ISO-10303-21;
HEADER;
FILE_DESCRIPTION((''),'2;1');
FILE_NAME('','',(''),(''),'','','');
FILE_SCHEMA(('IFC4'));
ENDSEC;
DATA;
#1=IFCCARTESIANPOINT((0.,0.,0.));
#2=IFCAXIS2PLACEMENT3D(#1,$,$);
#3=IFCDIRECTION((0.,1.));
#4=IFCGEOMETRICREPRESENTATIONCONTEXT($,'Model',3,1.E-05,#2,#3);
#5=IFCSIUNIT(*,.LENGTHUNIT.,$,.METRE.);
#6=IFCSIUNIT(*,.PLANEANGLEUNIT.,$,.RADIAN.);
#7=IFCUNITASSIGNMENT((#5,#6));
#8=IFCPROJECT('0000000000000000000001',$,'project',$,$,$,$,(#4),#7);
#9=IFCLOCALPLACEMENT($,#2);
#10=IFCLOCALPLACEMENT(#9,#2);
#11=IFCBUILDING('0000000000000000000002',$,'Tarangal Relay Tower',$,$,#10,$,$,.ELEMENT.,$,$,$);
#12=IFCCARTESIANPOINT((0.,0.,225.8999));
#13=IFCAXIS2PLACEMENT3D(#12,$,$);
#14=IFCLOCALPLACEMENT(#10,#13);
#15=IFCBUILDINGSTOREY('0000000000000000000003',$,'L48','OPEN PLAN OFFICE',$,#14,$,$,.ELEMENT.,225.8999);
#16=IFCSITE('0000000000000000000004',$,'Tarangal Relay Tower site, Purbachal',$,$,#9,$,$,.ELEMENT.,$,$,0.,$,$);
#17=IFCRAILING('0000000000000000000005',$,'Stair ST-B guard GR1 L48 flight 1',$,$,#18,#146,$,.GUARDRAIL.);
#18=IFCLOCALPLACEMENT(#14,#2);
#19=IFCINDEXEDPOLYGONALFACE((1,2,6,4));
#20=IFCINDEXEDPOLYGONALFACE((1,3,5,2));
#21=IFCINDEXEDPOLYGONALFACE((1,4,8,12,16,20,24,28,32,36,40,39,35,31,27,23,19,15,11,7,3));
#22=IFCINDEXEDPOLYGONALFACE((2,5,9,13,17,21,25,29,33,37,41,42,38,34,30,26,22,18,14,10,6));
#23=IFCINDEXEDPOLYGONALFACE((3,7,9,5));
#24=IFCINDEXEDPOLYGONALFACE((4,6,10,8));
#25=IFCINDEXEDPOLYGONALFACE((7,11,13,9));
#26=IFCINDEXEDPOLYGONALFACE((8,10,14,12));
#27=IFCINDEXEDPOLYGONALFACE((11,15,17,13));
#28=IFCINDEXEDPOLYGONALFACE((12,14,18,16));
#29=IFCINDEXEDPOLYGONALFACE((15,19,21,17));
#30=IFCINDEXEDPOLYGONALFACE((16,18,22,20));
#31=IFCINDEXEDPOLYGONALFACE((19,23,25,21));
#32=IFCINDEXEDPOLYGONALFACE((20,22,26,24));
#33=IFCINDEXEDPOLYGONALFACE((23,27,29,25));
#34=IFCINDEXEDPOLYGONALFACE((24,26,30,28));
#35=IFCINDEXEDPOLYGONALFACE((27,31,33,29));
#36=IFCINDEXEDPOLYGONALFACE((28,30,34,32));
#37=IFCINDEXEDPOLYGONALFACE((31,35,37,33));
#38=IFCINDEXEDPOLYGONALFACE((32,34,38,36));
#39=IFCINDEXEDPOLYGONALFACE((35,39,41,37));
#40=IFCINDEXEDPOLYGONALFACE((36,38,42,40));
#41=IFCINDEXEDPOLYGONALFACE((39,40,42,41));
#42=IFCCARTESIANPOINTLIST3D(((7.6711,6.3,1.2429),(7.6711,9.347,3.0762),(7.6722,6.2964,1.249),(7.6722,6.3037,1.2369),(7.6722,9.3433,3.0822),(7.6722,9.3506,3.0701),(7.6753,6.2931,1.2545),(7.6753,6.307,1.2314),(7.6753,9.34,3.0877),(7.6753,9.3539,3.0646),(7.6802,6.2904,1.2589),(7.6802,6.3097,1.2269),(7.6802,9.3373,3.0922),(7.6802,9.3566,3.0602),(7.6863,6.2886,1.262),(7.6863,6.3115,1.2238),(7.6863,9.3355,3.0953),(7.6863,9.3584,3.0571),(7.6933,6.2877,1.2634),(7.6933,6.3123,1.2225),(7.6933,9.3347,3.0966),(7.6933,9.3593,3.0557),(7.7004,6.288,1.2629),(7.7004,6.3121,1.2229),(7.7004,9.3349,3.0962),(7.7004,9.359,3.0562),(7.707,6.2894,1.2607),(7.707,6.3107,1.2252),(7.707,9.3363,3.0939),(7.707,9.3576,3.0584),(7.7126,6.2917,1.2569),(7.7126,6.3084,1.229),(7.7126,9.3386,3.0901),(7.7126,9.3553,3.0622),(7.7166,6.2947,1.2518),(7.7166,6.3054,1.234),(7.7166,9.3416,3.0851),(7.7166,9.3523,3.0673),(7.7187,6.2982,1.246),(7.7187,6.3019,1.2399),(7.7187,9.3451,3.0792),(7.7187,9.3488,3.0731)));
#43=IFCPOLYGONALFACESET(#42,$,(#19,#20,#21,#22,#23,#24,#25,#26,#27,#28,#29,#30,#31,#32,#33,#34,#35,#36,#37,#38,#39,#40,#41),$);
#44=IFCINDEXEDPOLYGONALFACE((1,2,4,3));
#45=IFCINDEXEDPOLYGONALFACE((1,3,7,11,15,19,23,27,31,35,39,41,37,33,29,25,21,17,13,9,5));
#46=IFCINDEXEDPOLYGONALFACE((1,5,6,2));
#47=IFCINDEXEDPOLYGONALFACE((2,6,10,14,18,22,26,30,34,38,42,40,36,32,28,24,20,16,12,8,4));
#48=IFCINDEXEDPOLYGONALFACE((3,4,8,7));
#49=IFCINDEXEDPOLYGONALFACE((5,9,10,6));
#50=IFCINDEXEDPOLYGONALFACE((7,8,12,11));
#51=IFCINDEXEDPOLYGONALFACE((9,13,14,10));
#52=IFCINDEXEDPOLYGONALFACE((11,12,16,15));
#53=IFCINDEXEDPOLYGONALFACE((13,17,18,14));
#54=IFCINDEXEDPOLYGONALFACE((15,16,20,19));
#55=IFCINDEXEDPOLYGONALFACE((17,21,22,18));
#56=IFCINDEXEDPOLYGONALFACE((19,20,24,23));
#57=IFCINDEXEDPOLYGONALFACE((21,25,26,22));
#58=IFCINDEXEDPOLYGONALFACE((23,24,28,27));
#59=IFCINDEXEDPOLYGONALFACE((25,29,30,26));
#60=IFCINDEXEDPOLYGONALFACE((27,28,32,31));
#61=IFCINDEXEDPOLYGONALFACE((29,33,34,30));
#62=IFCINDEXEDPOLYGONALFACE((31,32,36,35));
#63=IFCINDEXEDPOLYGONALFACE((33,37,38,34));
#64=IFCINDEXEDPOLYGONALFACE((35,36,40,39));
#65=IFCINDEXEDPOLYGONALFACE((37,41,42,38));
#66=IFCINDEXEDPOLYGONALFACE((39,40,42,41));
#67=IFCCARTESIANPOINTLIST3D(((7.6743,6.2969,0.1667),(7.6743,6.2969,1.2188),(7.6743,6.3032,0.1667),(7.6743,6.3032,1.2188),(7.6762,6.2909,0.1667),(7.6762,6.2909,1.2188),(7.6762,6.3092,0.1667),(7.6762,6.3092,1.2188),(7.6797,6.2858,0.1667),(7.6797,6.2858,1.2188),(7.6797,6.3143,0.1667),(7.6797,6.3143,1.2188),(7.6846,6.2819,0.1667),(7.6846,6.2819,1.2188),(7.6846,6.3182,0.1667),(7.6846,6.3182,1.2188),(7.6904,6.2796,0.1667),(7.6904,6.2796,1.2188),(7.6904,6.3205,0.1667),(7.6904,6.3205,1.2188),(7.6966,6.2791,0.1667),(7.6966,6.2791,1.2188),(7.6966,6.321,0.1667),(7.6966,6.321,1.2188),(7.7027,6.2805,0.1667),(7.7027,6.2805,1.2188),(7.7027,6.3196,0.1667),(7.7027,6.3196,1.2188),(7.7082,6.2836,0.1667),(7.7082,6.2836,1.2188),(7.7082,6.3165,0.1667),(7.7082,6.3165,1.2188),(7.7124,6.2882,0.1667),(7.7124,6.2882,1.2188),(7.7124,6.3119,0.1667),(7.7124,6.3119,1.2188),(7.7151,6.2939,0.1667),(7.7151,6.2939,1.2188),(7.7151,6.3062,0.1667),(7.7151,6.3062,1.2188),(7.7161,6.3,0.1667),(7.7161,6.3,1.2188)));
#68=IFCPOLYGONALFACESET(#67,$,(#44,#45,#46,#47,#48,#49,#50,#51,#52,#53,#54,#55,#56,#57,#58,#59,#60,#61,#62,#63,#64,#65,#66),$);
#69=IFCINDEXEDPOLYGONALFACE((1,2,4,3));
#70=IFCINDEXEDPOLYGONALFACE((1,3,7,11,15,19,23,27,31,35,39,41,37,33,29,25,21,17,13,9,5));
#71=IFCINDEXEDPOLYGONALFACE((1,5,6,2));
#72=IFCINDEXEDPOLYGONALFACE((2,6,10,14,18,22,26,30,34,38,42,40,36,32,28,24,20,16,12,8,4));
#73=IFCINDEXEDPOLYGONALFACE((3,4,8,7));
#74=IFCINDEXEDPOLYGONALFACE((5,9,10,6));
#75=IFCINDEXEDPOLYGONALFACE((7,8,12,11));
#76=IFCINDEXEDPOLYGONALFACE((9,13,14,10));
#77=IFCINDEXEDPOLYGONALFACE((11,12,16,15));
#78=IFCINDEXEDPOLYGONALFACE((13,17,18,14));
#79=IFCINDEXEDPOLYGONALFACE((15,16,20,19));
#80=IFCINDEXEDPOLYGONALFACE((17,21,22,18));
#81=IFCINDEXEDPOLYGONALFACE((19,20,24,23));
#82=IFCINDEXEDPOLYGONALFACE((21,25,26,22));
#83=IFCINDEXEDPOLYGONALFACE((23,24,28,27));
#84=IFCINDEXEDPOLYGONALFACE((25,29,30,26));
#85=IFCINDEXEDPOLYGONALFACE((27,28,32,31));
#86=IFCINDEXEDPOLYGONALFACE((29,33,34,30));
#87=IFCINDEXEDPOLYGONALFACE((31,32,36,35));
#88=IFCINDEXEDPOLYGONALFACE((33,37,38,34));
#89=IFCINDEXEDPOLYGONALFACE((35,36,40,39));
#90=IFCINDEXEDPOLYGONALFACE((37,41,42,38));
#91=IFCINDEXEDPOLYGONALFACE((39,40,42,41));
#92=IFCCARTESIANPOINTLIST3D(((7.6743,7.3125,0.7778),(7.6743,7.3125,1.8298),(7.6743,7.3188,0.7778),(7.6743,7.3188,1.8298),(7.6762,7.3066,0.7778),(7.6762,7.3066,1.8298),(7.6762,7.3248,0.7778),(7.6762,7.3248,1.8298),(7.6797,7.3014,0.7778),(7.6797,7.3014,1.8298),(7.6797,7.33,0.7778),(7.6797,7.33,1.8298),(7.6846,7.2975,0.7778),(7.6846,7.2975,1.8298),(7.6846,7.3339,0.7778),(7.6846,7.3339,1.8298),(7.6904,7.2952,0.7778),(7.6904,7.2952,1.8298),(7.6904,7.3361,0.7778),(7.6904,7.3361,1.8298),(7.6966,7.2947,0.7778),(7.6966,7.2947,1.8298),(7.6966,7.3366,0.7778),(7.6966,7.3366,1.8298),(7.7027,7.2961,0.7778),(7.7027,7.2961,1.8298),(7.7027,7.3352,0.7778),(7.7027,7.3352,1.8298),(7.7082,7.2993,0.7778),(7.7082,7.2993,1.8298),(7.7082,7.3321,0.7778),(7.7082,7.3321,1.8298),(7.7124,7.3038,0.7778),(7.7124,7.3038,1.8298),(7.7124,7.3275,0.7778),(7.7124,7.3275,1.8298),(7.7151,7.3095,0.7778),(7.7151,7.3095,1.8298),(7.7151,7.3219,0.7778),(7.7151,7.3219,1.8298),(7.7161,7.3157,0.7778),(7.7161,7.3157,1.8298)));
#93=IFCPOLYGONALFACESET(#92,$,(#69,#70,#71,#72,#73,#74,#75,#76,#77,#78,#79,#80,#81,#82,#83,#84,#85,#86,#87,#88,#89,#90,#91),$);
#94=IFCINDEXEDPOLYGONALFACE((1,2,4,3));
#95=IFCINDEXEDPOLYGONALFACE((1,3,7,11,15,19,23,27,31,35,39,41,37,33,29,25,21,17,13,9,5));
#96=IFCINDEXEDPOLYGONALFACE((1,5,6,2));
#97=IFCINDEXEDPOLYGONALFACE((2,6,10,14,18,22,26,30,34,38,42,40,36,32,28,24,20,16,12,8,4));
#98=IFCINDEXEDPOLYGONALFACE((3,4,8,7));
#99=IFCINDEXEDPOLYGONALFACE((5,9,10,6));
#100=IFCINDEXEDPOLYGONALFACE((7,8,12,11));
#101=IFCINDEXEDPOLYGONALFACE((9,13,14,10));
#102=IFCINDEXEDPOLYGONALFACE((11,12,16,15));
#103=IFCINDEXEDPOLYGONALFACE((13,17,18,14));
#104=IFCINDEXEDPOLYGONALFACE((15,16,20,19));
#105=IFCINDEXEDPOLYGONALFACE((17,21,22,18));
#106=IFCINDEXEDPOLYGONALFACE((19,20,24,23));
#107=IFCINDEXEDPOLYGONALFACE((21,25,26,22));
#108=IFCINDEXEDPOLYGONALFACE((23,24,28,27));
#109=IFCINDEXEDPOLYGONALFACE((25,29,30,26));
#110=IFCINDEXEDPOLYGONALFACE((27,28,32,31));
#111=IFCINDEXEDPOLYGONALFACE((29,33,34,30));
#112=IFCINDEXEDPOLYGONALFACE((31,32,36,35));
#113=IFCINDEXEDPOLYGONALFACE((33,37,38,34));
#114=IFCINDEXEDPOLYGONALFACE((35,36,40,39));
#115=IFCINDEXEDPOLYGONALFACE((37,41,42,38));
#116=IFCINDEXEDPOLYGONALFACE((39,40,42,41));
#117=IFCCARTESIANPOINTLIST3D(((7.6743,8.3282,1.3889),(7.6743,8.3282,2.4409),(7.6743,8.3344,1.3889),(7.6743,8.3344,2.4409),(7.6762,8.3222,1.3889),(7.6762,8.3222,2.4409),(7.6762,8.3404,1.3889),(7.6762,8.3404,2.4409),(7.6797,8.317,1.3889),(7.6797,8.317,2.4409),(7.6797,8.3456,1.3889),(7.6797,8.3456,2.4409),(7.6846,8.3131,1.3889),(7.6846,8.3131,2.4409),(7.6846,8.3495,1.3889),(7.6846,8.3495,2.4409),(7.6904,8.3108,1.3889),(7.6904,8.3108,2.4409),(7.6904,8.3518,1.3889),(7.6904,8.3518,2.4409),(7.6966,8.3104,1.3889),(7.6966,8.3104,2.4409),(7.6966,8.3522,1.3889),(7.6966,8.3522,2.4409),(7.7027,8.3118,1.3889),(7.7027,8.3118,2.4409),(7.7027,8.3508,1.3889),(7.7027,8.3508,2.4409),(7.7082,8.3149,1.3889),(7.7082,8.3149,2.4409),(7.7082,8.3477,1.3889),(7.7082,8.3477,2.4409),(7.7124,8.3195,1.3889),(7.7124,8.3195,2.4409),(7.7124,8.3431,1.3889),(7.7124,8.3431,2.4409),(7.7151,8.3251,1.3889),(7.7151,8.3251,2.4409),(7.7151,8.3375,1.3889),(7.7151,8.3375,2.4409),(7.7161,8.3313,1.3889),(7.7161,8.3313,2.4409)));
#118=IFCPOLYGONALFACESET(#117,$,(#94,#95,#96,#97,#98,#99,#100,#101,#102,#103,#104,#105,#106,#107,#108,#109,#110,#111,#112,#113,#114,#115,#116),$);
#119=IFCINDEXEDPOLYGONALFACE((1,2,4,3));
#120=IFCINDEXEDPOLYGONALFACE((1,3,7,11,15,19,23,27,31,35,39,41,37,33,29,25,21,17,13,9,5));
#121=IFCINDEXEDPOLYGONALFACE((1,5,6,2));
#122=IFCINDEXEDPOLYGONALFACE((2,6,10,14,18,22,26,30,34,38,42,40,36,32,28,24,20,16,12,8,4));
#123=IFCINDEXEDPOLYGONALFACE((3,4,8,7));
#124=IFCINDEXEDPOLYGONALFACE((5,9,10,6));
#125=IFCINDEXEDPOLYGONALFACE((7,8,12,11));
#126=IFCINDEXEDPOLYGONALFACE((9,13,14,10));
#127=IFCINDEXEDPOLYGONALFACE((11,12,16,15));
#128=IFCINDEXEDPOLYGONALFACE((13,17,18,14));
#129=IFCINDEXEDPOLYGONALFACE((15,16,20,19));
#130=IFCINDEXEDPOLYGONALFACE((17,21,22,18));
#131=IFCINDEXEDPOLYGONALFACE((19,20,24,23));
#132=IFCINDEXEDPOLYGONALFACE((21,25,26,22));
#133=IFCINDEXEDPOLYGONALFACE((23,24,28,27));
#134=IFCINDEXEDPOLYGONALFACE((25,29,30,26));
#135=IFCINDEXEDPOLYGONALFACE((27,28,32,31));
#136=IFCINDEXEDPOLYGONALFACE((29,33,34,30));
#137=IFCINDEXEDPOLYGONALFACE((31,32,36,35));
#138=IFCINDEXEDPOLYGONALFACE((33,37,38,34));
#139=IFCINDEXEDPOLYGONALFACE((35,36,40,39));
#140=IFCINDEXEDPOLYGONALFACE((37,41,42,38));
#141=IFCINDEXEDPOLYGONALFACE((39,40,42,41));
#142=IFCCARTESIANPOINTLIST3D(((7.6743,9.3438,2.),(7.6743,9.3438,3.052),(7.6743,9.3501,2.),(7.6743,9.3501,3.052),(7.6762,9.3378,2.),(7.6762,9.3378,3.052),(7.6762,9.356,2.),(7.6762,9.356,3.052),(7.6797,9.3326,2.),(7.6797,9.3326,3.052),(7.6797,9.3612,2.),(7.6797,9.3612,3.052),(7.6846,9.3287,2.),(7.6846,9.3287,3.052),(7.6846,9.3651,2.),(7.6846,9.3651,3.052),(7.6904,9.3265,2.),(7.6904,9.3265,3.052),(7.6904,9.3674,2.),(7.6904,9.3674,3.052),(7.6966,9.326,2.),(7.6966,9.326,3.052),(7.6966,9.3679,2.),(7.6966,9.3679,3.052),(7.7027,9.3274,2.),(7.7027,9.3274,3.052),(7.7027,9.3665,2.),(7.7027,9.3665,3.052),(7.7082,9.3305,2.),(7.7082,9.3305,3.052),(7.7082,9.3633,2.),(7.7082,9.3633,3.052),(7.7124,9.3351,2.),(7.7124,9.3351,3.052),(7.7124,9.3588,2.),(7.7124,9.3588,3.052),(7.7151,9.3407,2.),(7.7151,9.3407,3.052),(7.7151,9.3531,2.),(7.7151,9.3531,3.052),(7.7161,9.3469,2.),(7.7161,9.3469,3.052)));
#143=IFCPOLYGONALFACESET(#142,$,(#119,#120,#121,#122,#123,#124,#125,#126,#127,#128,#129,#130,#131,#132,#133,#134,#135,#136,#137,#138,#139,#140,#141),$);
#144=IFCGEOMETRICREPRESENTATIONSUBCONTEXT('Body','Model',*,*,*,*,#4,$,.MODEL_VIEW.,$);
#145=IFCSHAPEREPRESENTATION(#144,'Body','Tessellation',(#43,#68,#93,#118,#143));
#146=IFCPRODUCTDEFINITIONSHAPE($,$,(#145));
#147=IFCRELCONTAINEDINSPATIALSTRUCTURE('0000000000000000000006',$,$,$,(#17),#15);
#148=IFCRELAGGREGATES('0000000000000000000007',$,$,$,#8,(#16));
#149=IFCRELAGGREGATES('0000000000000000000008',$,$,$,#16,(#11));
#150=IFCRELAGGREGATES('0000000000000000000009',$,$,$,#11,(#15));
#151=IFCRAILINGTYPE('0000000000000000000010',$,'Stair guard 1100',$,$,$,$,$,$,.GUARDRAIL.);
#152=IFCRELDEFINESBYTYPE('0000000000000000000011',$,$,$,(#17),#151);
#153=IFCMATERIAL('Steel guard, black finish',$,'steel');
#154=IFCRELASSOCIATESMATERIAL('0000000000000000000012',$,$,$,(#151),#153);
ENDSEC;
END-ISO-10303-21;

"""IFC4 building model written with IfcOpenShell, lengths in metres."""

from ifc_helpers import new_model, si_unit, direction, frame, origin, origin_2d, place, context, subcontext, project, spatial, circle, extrude, material, type_object, element, save


model = new_model("IFC4")

# Units and contexts
model_context = context("Model", 3, precision=1e-05, world=origin(), true_north=direction((0.0, 1.0)))
body_context = subcontext(model_context, "Body", "Model", "MODEL_VIEW")
ifc_project = project(units=[si_unit("LENGTHUNIT", "METRE"), si_unit("PLANEANGLEUNIT", "RADIAN")], contexts=[model_context])

# Site, building, storey
site_placement = place(None, origin())
site = spatial("IfcSite", under=ifc_project, at=site_placement, Name="Tarangal Relay Tower site, Purbachal", CompositionType="ELEMENT", RefElevation=0.0)
building_placement = place(site_placement, origin())
building = spatial("IfcBuilding", under=site, at=building_placement, Name="Tarangal Relay Tower", CompositionType="ELEMENT")
storey_placement = place(building_placement, frame((0.0, 0.0, 225.8999)))
storey = spatial("IfcBuildingStorey", under=building, at=storey_placement, Name="L48", Description="OPEN PLAN OFFICE", CompositionType="ELEMENT", Elevation=225.8999)

# Railing
ifc_material_1 = material(Name="Steel guard, black finish", Category="steel")
railing_type_1 = type_object("IfcRailingType", Name="Stair guard 1100", PredefinedType="GUARDRAIL", material=ifc_material_1)
railing_1_placement = place(storey_placement, frame((7.6951, 6.3, 0.1667)))
element("IfcRailing", 1, at=railing_1_placement, inside=storey, type_object=railing_type_1, Name="Stair ST-B guard GR1 L48 flight 1", PredefinedType="GUARDRAIL", context=body_context, shape_type="SweptSolid", body=[
    extrude(circle(Radius=0.0239, at=origin_2d()), frame((0.0, 0.0, 1.0762), z_axis=(0.0, 0.856856, 0.515556), x_axis=(-1.0, 0.0, 0.0)), (0.0, 0.0, 1.0), 3.5559),
    extrude(circle(Radius=0.021, at=origin_2d()), origin(), (0.0, 0.0, 1.0), 1.052),
    extrude(circle(Radius=0.021, at=origin_2d()), frame((0.0, 1.0156, 0.6111)), (0.0, 0.0, 1.0), 1.052),
    extrude(circle(Radius=0.021, at=origin_2d()), frame((0.0, 2.0312, 1.2222)), (0.0, 0.0, 1.0), 1.052),
    extrude(circle(Radius=0.021, at=origin_2d()), frame((0.0, 3.0469, 1.8333)), (0.0, 0.0, 1.0), 1.052),
])

save(model, "model.ifc")
